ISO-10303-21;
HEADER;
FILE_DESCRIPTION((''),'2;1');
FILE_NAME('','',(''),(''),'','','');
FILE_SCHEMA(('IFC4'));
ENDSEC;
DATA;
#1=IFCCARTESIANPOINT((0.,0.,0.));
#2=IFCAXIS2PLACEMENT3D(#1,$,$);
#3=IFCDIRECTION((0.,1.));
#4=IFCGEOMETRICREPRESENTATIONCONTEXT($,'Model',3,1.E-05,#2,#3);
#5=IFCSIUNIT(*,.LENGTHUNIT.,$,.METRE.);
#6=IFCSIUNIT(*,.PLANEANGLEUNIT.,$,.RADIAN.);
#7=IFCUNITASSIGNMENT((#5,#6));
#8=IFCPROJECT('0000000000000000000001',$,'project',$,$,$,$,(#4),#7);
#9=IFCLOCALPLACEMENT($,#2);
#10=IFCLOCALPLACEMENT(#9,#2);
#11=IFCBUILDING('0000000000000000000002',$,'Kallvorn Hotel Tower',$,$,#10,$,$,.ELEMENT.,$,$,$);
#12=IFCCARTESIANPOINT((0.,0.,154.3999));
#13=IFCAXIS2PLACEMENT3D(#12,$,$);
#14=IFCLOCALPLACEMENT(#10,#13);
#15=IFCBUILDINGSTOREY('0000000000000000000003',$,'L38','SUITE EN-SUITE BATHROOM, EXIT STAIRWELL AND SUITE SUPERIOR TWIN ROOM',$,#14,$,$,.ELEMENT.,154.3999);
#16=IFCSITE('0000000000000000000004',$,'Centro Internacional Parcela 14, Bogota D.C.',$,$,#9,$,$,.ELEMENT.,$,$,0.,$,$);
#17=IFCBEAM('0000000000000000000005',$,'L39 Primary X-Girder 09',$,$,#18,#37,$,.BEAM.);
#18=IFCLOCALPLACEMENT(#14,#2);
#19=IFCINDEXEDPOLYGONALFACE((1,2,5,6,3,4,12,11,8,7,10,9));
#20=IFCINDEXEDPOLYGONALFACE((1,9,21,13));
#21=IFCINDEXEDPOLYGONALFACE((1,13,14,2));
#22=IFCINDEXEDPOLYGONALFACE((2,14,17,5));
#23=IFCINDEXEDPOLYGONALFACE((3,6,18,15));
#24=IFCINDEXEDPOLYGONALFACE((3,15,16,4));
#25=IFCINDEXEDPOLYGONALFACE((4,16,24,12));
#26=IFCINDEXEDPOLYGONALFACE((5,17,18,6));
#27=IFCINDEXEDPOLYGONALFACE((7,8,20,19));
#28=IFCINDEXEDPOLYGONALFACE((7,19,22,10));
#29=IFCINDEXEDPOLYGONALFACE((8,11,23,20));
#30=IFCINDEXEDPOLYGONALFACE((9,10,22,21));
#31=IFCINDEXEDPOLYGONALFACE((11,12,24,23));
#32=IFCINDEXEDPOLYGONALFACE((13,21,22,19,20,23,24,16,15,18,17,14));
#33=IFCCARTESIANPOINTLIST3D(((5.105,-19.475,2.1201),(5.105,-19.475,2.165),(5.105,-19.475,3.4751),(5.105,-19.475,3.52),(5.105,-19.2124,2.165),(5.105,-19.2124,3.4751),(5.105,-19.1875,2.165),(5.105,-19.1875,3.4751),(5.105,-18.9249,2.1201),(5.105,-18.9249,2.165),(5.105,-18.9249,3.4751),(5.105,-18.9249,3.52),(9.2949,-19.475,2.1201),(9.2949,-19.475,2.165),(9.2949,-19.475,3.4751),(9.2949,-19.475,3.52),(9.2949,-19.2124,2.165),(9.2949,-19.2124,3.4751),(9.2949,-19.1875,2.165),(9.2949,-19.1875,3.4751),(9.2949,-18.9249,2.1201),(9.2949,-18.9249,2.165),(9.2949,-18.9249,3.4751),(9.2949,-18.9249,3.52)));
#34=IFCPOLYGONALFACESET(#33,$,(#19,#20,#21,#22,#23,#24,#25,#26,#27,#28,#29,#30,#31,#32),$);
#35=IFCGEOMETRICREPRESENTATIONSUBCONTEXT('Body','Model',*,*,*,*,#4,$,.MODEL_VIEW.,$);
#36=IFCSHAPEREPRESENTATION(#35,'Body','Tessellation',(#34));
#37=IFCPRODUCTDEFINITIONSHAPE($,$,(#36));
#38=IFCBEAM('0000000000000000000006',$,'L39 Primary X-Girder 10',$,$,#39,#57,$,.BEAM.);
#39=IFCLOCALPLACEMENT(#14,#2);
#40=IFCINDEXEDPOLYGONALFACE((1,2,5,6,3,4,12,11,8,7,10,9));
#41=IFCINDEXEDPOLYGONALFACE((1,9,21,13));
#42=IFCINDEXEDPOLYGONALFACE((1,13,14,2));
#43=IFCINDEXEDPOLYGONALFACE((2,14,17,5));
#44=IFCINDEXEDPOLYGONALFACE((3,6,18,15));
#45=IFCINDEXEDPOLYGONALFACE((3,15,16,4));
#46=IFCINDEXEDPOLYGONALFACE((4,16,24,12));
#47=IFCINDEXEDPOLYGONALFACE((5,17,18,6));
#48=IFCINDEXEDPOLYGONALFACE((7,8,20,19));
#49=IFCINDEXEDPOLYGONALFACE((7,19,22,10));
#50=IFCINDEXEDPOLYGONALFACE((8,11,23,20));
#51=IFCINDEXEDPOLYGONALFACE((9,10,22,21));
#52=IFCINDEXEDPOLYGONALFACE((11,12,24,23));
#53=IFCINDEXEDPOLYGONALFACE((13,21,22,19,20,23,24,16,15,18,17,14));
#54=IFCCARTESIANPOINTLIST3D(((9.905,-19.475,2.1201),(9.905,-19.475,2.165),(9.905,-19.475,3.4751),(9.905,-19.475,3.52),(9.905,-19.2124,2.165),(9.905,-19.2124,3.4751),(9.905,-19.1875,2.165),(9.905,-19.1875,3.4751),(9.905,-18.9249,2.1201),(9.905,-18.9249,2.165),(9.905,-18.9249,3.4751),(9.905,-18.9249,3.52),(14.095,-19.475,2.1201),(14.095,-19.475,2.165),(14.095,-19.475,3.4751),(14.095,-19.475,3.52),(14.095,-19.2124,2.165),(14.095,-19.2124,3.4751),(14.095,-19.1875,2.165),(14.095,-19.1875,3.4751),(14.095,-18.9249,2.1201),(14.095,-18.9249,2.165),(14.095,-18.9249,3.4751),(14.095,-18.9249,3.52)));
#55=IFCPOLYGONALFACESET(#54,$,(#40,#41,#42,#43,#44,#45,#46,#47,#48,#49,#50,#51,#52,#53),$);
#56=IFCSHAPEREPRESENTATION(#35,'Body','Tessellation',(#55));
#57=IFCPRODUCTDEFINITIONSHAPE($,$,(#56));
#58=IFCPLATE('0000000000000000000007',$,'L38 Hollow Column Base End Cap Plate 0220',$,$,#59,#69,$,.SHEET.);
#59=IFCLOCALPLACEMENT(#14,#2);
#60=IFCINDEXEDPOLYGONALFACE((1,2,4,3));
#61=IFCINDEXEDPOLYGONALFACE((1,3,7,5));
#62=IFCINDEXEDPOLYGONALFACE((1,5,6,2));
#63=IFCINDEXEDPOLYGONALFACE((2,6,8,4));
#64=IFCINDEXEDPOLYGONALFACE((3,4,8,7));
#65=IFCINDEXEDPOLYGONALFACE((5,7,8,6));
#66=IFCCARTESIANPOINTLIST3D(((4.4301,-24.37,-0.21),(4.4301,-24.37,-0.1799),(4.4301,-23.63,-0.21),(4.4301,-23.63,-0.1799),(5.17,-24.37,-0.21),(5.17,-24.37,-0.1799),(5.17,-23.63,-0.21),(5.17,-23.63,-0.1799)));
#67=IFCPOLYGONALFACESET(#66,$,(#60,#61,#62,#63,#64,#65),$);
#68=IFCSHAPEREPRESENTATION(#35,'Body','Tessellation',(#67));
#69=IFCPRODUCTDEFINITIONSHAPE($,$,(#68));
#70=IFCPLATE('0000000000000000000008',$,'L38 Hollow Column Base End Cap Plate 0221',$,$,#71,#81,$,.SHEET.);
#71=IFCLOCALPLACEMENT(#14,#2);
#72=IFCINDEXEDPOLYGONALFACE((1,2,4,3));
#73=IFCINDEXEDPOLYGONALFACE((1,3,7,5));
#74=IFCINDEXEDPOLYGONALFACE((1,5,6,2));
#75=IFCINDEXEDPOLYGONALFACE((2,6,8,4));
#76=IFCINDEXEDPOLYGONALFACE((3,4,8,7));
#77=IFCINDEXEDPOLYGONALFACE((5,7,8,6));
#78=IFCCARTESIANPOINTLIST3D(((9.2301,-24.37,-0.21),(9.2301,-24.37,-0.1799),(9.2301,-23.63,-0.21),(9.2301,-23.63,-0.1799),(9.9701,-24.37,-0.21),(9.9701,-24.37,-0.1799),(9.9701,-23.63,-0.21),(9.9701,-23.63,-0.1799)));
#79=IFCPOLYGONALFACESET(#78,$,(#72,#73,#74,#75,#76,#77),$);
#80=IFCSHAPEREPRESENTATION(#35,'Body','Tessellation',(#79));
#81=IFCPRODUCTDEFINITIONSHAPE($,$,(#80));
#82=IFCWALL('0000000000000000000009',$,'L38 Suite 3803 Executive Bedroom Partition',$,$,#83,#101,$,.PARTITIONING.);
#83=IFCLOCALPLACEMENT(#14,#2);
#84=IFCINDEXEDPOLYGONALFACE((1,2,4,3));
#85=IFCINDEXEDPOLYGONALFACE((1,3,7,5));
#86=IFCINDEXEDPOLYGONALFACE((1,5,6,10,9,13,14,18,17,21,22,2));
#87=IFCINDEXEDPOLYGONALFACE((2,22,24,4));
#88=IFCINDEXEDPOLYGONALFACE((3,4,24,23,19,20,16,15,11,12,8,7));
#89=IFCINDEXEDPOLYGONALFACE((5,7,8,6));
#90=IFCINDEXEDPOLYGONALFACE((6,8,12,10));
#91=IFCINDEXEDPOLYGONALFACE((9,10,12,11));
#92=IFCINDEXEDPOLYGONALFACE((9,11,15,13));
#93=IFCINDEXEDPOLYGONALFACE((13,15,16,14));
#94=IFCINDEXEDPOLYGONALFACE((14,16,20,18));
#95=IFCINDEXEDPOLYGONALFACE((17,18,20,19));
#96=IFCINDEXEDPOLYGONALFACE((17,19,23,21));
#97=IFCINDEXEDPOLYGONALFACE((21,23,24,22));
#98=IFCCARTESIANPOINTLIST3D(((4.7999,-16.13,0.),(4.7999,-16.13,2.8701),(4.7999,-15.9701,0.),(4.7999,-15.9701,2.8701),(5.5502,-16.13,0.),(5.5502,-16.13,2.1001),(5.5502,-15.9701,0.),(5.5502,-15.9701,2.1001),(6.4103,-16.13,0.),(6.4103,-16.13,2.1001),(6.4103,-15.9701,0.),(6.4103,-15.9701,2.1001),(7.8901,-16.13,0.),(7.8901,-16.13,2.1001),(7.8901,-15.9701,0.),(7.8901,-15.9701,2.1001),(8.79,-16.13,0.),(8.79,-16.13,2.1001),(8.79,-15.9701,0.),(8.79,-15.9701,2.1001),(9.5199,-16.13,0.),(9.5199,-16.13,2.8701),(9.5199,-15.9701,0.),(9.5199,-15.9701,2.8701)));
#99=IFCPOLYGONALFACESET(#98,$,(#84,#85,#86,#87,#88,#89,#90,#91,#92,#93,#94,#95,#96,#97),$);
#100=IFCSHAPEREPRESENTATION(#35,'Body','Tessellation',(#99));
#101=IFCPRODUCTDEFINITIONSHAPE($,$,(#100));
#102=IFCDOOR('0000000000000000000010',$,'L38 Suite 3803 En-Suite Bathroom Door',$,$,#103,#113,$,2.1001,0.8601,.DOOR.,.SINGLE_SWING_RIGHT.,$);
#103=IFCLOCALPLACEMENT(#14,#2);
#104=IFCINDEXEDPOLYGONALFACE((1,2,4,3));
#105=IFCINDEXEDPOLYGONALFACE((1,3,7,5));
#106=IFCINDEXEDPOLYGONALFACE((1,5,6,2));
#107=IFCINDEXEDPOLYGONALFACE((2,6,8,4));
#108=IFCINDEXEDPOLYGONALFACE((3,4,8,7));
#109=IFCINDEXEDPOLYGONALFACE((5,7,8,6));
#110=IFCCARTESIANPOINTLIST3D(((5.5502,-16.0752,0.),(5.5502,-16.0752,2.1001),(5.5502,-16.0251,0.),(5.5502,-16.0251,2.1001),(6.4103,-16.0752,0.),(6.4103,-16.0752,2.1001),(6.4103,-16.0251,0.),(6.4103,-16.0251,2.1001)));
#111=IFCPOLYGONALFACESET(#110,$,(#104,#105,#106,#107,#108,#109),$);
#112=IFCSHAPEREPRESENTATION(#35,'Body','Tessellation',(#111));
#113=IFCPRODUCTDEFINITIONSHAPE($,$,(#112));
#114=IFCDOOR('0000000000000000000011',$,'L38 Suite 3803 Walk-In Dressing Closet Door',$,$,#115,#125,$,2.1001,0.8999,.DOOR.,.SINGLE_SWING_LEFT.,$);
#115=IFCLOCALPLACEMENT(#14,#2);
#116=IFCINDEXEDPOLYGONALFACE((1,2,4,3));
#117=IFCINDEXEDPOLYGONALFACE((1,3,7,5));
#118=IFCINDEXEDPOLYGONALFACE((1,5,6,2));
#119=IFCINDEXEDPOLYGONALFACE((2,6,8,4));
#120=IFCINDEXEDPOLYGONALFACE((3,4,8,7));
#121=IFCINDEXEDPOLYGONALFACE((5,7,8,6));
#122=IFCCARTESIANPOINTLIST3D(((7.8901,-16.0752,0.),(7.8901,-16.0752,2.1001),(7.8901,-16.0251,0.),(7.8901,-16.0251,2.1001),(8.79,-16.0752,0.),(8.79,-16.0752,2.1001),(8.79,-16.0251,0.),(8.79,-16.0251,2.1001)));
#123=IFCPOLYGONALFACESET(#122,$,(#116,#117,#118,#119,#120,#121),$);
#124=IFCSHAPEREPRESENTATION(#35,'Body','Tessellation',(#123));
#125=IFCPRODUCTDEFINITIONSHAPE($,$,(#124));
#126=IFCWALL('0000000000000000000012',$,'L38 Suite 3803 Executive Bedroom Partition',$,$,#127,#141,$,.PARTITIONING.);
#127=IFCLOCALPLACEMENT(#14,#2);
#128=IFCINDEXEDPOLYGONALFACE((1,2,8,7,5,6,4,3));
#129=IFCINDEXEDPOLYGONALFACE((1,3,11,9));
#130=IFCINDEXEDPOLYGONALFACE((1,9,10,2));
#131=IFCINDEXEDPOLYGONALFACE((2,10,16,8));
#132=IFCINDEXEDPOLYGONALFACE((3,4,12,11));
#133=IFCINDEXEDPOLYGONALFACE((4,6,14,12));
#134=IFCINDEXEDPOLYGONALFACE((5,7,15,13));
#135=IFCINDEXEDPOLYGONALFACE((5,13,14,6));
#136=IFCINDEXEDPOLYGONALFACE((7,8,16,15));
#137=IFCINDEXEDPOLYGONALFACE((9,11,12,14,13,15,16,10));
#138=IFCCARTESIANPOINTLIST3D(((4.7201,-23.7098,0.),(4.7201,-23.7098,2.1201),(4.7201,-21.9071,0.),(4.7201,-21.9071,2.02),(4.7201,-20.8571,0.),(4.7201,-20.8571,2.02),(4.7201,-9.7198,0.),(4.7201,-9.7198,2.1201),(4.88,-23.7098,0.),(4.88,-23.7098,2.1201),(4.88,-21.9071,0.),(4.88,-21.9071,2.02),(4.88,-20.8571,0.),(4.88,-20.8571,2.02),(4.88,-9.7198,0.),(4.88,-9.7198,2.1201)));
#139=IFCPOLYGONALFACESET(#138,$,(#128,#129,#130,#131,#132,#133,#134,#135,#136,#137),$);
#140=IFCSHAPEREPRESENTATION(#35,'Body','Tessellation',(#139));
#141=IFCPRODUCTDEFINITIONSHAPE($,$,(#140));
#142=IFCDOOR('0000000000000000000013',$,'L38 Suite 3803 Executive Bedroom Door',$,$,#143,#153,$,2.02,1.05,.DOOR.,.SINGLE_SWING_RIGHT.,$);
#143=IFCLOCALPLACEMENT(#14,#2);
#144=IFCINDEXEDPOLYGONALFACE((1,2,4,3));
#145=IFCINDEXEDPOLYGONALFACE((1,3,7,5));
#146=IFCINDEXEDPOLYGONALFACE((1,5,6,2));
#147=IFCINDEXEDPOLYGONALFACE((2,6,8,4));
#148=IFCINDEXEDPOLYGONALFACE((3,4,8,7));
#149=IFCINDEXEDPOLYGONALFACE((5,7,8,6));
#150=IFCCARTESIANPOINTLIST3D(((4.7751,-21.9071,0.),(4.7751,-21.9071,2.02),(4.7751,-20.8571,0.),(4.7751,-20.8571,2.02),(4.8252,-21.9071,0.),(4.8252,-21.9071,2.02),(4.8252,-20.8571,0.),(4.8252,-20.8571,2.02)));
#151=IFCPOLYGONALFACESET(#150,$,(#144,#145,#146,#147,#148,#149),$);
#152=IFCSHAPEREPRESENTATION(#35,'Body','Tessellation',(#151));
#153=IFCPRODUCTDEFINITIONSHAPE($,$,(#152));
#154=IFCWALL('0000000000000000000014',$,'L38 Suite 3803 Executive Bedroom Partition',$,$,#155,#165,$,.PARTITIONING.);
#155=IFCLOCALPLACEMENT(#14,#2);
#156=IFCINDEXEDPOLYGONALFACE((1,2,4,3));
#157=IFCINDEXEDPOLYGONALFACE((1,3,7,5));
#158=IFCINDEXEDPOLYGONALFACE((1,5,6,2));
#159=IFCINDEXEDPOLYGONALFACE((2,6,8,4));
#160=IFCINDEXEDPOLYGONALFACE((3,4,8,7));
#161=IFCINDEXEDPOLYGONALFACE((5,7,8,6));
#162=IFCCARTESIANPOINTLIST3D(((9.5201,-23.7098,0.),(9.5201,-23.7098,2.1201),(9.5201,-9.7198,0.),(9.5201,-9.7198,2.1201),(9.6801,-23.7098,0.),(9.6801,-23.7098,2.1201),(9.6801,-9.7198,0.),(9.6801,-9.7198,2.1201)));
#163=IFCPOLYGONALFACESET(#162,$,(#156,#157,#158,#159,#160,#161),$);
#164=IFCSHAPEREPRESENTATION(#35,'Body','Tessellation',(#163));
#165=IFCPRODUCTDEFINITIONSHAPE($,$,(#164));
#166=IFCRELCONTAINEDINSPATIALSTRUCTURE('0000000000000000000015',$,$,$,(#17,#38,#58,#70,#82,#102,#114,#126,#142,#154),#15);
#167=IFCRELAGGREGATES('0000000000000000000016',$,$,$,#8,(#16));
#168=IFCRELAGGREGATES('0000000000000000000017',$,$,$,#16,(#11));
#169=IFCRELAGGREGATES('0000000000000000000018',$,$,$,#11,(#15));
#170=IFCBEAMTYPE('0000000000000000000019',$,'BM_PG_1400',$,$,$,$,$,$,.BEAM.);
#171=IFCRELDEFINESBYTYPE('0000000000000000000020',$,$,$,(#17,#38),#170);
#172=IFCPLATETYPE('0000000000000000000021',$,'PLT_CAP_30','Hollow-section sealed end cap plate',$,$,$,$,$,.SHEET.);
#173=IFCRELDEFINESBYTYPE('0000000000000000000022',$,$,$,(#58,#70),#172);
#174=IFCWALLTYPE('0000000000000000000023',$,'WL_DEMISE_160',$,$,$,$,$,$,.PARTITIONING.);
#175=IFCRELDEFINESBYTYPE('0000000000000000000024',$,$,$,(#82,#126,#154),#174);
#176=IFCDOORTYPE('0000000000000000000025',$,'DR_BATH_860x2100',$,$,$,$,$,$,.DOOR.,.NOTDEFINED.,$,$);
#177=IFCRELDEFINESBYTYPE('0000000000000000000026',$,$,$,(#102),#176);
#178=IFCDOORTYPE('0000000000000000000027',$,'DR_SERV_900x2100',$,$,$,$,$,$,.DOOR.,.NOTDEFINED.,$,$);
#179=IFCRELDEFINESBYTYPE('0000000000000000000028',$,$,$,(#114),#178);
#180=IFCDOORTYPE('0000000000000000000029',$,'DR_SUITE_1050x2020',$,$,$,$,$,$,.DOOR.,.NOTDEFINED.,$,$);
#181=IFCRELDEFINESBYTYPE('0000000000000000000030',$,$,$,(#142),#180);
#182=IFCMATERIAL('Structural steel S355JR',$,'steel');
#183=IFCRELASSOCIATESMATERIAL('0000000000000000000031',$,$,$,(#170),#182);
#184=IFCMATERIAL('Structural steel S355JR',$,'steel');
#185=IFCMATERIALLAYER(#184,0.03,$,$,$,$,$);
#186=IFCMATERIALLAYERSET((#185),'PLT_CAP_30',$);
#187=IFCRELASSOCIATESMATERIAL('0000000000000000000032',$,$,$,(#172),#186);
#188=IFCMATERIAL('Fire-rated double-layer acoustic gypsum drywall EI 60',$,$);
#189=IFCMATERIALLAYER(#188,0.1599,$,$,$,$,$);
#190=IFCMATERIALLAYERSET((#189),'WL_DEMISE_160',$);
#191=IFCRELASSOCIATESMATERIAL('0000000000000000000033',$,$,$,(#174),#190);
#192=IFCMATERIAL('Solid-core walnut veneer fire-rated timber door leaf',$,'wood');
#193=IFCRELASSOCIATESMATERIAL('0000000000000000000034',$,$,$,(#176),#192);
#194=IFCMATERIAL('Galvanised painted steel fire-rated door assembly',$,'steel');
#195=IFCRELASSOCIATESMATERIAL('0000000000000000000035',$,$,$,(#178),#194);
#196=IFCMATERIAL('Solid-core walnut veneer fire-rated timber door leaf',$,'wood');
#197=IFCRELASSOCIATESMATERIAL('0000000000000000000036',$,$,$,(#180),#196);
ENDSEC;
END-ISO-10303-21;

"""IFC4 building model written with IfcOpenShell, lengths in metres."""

from ifc_helpers import new_model, si_unit, direction, frame, frame_2d, origin, origin_2d, place, context, subcontext, project, spatial, rectangle, i_section, extrude, material, layer, layer_set, material_profile, profile_set, type_object, element, fill, save


model = new_model("IFC4")

# Units and contexts
model_context = context("Model", 3, precision=1e-05, world=origin(), true_north=direction((0.0, 1.0)))
body_context = subcontext(model_context, "Body", "Model", "MODEL_VIEW")
ifc_project = project(units=[si_unit("LENGTHUNIT", "METRE"), si_unit("PLANEANGLEUNIT", "RADIAN")], contexts=[model_context])

# Site, building, storey
site_placement = place(None, origin())
site = spatial("IfcSite", under=ifc_project, at=site_placement, Name="Centro Internacional Parcela 14, Bogota D.C.", CompositionType="ELEMENT", RefElevation=0.0)
building_placement = place(site_placement, origin())
building = spatial("IfcBuilding", under=site, at=building_placement, Name="Kallvorn Hotel Tower", CompositionType="ELEMENT")
storey_placement = place(building_placement, frame((0.0, 0.0, 154.3999)))
storey = spatial("IfcBuildingStorey", under=building, at=storey_placement, Name="L38", Description="SUITE EN-SUITE BATHROOM, EXIT STAIRWELL AND SUITE SUPERIOR TWIN ROOM", CompositionType="ELEMENT", Elevation=154.3999)

# Beams
ifc_material_1 = material(Name="Structural steel S355JR", Category="steel")
ifc_material_profile_1 = material_profile(ifc_material_1, i_section(OverallWidth=0.55, OverallDepth=1.3999, WebThickness=0.0249, FlangeThickness=0.0449, at=origin_2d()), Name="PG 1400x550x25x45")
ifc_profile_set_1 = profile_set([ifc_material_profile_1], Name="Structural steel S355JR")
beam_type_1 = type_object("IfcBeamType", Name="BM_PG_1400", PredefinedType="BEAM", material=ifc_profile_set_1)
for number, where, z_axis, x_axis, name in (
    (1, (5.105, -19.2, 2.8201), (1.0, 0.0, 0.0), (0.0, 1.0, 0.0), "L39 Primary X-Girder 09"),
    (2, (9.905, -19.2, 2.8201), (1.0, 0.0, 0.0), (0.0, 1.0, 0.0), "L39 Primary X-Girder 10"),
):
    element("IfcBeam", number, at=place(storey_placement, frame(where, z_axis=z_axis, x_axis=x_axis)), inside=storey, type_object=beam_type_1, Name=name, PredefinedType="BEAM", context=body_context, shape_type="SweptSolid", body=[
        extrude(i_section(OverallWidth=0.55, OverallDepth=1.3999, WebThickness=0.0249, FlangeThickness=0.0449, at=origin_2d()), origin(), (0.0, 0.0, 1.0), 4.1899),
    ])

# Plates
ifc_material_2 = material(Name="Structural steel S355JR", Category="steel")
ifc_layer_1 = layer(ifc_material_2, 0.03)
ifc_layer_set_1 = layer_set([ifc_layer_1], Name="PLT_CAP_30")
plate_type = type_object("IfcPlateType", Name="PLT_CAP_30", Description="Hollow-section sealed end cap plate", PredefinedType="SHEET", material=ifc_layer_set_1)
for number, where, z_axis, x_axis, name in (
    (3, (4.8, -24.0, -0.21), (0.0, 0.0, 1.0), (1.0, 0.0, 0.0), "L38 Hollow Column Base End Cap Plate 0220"),
    (4, (9.6001, -24.0, -0.21), (0.0, 0.0, 1.0), (1.0, 0.0, 0.0), "L38 Hollow Column Base End Cap Plate 0221"),
):
    element("IfcPlate", number, at=place(storey_placement, frame(where, z_axis=z_axis, x_axis=x_axis)), inside=storey, type_object=plate_type, Name=name, PredefinedType="SHEET", context=body_context, shape_type="SweptSolid", body=[
        extrude(rectangle(XDim=0.74, YDim=0.74, at=origin_2d()), origin(), (0.0, 0.0, 1.0), 0.03),
    ])

# Wall, openings, doors
ifc_material_3 = material(Name="Fire-rated double-layer acoustic gypsum drywall EI 60")
ifc_layer_2 = layer(ifc_material_3, 0.1599)
ifc_layer_set_2 = layer_set([ifc_layer_2], Name="WL_DEMISE_160")
wall_type = type_object("IfcWallType", Name="WL_DEMISE_160", PredefinedType="PARTITIONING", material=ifc_layer_set_2)
wall_1_placement = place(storey_placement, frame((4.8, -16.05, 0.0), z_axis=(0.0, 0.0, 1.0), x_axis=(1.0, 0.0, 0.0)))
wall_1 = element("IfcWall", 5, at=wall_1_placement, inside=storey, type_object=wall_type, Name="L38 Suite 3803 Executive Bedroom Partition", PredefinedType="PARTITIONING", context=body_context, shape_type="SweptSolid", body=[
    extrude(rectangle(XDim=4.72, YDim=0.1599, at=frame_2d((2.3599, 0.0))), origin(), (0.0, 0.0, 1.0), 2.8701),
])
opening_1_placement = place(wall_1_placement, frame((0.75, 0.0, 0.0)))
opening_1 = element("IfcOpeningElement", 6, at=opening_1_placement, cuts=wall_1, PredefinedType="OPENING", context=body_context, shape_type="SweptSolid", body=[
    extrude(rectangle(XDim=0.8601, YDim=2.1001, at=frame_2d((0.4302, 1.05))), frame((0.0, 0.095, 0.0), z_axis=(0.0, -1.0, 0.0), x_axis=(1.0, 0.0, 0.0)), (0.0, 0.0, 1.0), 0.1899),
])
opening_2_placement = place(wall_1_placement, frame((3.0901, 0.0, 0.0)))
opening_2 = element("IfcOpeningElement", 7, at=opening_2_placement, cuts=wall_1, PredefinedType="OPENING", context=body_context, shape_type="SweptSolid", body=[
    extrude(rectangle(XDim=0.8999, YDim=2.1001, at=frame_2d((0.45, 1.05))), frame((0.0, 0.095, 0.0), z_axis=(0.0, -1.0, 0.0), x_axis=(1.0, 0.0, 0.0)), (0.0, 0.0, 1.0), 0.1899),
])
ifc_material_4 = material(Name="Solid-core walnut veneer fire-rated timber door leaf", Category="wood")
door_type_1 = type_object("IfcDoorType", Name="DR_BATH_860x2100", OperationType="NOTDEFINED", PredefinedType="DOOR", material=ifc_material_4)
door_1_placement = place(opening_1_placement, origin())
door_1 = element("IfcDoor", 8, at=door_1_placement, inside=storey, type_object=door_type_1, Name="L38 Suite 3803 En-Suite Bathroom Door", OperationType="SINGLE_SWING_RIGHT", OverallHeight=2.1001, OverallWidth=0.8601, PredefinedType="DOOR", context=body_context, shape_type="SweptSolid", body=[
    extrude(rectangle(XDim=0.8601, YDim=2.1001, at=frame_2d((0.4302, 1.05))), frame((0.0, 0.0249, 0.0), z_axis=(0.0, -1.0, 0.0), x_axis=(1.0, 0.0, 0.0)), (0.0, 0.0, 1.0), 0.05),
])
fill(opening_1, door_1)
ifc_material_5 = material(Name="Galvanised painted steel fire-rated door assembly", Category="steel")
door_type_2 = type_object("IfcDoorType", Name="DR_SERV_900x2100", OperationType="NOTDEFINED", PredefinedType="DOOR", material=ifc_material_5)
door_2_placement = place(opening_2_placement, origin())
door_2 = element("IfcDoor", 9, at=door_2_placement, inside=storey, type_object=door_type_2, Name="L38 Suite 3803 Walk-In Dressing Closet Door", OperationType="SINGLE_SWING_LEFT", OverallHeight=2.1001, OverallWidth=0.8999, PredefinedType="DOOR", context=body_context, shape_type="SweptSolid", body=[
    extrude(rectangle(XDim=0.8999, YDim=2.1001, at=frame_2d((0.45, 1.05))), frame((0.0, 0.0249, 0.0), z_axis=(0.0, -1.0, 0.0), x_axis=(1.0, 0.0, 0.0)), (0.0, 0.0, 1.0), 0.05),
])
fill(opening_2, door_2)

# Wall, opening, door
wall_2_placement = place(storey_placement, frame((4.8, -23.71, 0.0), z_axis=(0.0, 0.0, 1.0), x_axis=(0.0, 1.0, 0.0)))
wall_2 = element("IfcWall", 10, at=wall_2_placement, inside=storey, type_object=wall_type, Name="L38 Suite 3803 Executive Bedroom Partition", PredefinedType="PARTITIONING", context=body_context, shape_type="SweptSolid", body=[
    extrude(rectangle(XDim=13.99, YDim=0.1599, at=frame_2d((6.9951, 0.0))), origin(), (0.0, 0.0, 1.0), 2.1201),
])
opening_3_placement = place(wall_2_placement, frame((1.803, 0.0, 0.0)))
opening_3 = element("IfcOpeningElement", 11, at=opening_3_placement, cuts=wall_2, PredefinedType="OPENING", context=body_context, shape_type="SweptSolid", body=[
    extrude(rectangle(XDim=1.05, YDim=2.02, at=frame_2d((0.5249, 1.01))), frame((0.0, 0.095, 0.0), z_axis=(0.0, -1.0, 0.0), x_axis=(1.0, 0.0, 0.0)), (0.0, 0.0, 1.0), 0.1899),
])
ifc_material_6 = material(Name="Solid-core walnut veneer fire-rated timber door leaf", Category="wood")
door_type_3 = type_object("IfcDoorType", Name="DR_SUITE_1050x2020", OperationType="NOTDEFINED", PredefinedType="DOOR", material=ifc_material_6)
door_3_placement = place(opening_3_placement, origin())
door_3 = element("IfcDoor", 12, at=door_3_placement, inside=storey, type_object=door_type_3, Name="L38 Suite 3803 Executive Bedroom Door", OperationType="SINGLE_SWING_RIGHT", OverallHeight=2.02, OverallWidth=1.05, PredefinedType="DOOR", context=body_context, shape_type="SweptSolid", body=[
    extrude(rectangle(XDim=1.05, YDim=2.02, at=frame_2d((0.5249, 1.01))), frame((0.0, 0.0249, 0.0), z_axis=(0.0, -1.0, 0.0), x_axis=(1.0, 0.0, 0.0)), (0.0, 0.0, 1.0), 0.05),
])
fill(opening_3, door_3)

# Wall
wall_3_placement = place(storey_placement, frame((9.6001, -23.71, 0.0), z_axis=(0.0, 0.0, 1.0), x_axis=(0.0, 1.0, 0.0)))
element("IfcWall", 13, at=wall_3_placement, inside=storey, type_object=wall_type, Name="L38 Suite 3803 Executive Bedroom Partition", PredefinedType="PARTITIONING", context=body_context, shape_type="SweptSolid", body=[
    extrude(rectangle(XDim=13.99, YDim=0.1599, at=frame_2d((6.9951, 0.0))), origin(), (0.0, 0.0, 1.0), 2.1201),
])

save(model, "model.ifc")
